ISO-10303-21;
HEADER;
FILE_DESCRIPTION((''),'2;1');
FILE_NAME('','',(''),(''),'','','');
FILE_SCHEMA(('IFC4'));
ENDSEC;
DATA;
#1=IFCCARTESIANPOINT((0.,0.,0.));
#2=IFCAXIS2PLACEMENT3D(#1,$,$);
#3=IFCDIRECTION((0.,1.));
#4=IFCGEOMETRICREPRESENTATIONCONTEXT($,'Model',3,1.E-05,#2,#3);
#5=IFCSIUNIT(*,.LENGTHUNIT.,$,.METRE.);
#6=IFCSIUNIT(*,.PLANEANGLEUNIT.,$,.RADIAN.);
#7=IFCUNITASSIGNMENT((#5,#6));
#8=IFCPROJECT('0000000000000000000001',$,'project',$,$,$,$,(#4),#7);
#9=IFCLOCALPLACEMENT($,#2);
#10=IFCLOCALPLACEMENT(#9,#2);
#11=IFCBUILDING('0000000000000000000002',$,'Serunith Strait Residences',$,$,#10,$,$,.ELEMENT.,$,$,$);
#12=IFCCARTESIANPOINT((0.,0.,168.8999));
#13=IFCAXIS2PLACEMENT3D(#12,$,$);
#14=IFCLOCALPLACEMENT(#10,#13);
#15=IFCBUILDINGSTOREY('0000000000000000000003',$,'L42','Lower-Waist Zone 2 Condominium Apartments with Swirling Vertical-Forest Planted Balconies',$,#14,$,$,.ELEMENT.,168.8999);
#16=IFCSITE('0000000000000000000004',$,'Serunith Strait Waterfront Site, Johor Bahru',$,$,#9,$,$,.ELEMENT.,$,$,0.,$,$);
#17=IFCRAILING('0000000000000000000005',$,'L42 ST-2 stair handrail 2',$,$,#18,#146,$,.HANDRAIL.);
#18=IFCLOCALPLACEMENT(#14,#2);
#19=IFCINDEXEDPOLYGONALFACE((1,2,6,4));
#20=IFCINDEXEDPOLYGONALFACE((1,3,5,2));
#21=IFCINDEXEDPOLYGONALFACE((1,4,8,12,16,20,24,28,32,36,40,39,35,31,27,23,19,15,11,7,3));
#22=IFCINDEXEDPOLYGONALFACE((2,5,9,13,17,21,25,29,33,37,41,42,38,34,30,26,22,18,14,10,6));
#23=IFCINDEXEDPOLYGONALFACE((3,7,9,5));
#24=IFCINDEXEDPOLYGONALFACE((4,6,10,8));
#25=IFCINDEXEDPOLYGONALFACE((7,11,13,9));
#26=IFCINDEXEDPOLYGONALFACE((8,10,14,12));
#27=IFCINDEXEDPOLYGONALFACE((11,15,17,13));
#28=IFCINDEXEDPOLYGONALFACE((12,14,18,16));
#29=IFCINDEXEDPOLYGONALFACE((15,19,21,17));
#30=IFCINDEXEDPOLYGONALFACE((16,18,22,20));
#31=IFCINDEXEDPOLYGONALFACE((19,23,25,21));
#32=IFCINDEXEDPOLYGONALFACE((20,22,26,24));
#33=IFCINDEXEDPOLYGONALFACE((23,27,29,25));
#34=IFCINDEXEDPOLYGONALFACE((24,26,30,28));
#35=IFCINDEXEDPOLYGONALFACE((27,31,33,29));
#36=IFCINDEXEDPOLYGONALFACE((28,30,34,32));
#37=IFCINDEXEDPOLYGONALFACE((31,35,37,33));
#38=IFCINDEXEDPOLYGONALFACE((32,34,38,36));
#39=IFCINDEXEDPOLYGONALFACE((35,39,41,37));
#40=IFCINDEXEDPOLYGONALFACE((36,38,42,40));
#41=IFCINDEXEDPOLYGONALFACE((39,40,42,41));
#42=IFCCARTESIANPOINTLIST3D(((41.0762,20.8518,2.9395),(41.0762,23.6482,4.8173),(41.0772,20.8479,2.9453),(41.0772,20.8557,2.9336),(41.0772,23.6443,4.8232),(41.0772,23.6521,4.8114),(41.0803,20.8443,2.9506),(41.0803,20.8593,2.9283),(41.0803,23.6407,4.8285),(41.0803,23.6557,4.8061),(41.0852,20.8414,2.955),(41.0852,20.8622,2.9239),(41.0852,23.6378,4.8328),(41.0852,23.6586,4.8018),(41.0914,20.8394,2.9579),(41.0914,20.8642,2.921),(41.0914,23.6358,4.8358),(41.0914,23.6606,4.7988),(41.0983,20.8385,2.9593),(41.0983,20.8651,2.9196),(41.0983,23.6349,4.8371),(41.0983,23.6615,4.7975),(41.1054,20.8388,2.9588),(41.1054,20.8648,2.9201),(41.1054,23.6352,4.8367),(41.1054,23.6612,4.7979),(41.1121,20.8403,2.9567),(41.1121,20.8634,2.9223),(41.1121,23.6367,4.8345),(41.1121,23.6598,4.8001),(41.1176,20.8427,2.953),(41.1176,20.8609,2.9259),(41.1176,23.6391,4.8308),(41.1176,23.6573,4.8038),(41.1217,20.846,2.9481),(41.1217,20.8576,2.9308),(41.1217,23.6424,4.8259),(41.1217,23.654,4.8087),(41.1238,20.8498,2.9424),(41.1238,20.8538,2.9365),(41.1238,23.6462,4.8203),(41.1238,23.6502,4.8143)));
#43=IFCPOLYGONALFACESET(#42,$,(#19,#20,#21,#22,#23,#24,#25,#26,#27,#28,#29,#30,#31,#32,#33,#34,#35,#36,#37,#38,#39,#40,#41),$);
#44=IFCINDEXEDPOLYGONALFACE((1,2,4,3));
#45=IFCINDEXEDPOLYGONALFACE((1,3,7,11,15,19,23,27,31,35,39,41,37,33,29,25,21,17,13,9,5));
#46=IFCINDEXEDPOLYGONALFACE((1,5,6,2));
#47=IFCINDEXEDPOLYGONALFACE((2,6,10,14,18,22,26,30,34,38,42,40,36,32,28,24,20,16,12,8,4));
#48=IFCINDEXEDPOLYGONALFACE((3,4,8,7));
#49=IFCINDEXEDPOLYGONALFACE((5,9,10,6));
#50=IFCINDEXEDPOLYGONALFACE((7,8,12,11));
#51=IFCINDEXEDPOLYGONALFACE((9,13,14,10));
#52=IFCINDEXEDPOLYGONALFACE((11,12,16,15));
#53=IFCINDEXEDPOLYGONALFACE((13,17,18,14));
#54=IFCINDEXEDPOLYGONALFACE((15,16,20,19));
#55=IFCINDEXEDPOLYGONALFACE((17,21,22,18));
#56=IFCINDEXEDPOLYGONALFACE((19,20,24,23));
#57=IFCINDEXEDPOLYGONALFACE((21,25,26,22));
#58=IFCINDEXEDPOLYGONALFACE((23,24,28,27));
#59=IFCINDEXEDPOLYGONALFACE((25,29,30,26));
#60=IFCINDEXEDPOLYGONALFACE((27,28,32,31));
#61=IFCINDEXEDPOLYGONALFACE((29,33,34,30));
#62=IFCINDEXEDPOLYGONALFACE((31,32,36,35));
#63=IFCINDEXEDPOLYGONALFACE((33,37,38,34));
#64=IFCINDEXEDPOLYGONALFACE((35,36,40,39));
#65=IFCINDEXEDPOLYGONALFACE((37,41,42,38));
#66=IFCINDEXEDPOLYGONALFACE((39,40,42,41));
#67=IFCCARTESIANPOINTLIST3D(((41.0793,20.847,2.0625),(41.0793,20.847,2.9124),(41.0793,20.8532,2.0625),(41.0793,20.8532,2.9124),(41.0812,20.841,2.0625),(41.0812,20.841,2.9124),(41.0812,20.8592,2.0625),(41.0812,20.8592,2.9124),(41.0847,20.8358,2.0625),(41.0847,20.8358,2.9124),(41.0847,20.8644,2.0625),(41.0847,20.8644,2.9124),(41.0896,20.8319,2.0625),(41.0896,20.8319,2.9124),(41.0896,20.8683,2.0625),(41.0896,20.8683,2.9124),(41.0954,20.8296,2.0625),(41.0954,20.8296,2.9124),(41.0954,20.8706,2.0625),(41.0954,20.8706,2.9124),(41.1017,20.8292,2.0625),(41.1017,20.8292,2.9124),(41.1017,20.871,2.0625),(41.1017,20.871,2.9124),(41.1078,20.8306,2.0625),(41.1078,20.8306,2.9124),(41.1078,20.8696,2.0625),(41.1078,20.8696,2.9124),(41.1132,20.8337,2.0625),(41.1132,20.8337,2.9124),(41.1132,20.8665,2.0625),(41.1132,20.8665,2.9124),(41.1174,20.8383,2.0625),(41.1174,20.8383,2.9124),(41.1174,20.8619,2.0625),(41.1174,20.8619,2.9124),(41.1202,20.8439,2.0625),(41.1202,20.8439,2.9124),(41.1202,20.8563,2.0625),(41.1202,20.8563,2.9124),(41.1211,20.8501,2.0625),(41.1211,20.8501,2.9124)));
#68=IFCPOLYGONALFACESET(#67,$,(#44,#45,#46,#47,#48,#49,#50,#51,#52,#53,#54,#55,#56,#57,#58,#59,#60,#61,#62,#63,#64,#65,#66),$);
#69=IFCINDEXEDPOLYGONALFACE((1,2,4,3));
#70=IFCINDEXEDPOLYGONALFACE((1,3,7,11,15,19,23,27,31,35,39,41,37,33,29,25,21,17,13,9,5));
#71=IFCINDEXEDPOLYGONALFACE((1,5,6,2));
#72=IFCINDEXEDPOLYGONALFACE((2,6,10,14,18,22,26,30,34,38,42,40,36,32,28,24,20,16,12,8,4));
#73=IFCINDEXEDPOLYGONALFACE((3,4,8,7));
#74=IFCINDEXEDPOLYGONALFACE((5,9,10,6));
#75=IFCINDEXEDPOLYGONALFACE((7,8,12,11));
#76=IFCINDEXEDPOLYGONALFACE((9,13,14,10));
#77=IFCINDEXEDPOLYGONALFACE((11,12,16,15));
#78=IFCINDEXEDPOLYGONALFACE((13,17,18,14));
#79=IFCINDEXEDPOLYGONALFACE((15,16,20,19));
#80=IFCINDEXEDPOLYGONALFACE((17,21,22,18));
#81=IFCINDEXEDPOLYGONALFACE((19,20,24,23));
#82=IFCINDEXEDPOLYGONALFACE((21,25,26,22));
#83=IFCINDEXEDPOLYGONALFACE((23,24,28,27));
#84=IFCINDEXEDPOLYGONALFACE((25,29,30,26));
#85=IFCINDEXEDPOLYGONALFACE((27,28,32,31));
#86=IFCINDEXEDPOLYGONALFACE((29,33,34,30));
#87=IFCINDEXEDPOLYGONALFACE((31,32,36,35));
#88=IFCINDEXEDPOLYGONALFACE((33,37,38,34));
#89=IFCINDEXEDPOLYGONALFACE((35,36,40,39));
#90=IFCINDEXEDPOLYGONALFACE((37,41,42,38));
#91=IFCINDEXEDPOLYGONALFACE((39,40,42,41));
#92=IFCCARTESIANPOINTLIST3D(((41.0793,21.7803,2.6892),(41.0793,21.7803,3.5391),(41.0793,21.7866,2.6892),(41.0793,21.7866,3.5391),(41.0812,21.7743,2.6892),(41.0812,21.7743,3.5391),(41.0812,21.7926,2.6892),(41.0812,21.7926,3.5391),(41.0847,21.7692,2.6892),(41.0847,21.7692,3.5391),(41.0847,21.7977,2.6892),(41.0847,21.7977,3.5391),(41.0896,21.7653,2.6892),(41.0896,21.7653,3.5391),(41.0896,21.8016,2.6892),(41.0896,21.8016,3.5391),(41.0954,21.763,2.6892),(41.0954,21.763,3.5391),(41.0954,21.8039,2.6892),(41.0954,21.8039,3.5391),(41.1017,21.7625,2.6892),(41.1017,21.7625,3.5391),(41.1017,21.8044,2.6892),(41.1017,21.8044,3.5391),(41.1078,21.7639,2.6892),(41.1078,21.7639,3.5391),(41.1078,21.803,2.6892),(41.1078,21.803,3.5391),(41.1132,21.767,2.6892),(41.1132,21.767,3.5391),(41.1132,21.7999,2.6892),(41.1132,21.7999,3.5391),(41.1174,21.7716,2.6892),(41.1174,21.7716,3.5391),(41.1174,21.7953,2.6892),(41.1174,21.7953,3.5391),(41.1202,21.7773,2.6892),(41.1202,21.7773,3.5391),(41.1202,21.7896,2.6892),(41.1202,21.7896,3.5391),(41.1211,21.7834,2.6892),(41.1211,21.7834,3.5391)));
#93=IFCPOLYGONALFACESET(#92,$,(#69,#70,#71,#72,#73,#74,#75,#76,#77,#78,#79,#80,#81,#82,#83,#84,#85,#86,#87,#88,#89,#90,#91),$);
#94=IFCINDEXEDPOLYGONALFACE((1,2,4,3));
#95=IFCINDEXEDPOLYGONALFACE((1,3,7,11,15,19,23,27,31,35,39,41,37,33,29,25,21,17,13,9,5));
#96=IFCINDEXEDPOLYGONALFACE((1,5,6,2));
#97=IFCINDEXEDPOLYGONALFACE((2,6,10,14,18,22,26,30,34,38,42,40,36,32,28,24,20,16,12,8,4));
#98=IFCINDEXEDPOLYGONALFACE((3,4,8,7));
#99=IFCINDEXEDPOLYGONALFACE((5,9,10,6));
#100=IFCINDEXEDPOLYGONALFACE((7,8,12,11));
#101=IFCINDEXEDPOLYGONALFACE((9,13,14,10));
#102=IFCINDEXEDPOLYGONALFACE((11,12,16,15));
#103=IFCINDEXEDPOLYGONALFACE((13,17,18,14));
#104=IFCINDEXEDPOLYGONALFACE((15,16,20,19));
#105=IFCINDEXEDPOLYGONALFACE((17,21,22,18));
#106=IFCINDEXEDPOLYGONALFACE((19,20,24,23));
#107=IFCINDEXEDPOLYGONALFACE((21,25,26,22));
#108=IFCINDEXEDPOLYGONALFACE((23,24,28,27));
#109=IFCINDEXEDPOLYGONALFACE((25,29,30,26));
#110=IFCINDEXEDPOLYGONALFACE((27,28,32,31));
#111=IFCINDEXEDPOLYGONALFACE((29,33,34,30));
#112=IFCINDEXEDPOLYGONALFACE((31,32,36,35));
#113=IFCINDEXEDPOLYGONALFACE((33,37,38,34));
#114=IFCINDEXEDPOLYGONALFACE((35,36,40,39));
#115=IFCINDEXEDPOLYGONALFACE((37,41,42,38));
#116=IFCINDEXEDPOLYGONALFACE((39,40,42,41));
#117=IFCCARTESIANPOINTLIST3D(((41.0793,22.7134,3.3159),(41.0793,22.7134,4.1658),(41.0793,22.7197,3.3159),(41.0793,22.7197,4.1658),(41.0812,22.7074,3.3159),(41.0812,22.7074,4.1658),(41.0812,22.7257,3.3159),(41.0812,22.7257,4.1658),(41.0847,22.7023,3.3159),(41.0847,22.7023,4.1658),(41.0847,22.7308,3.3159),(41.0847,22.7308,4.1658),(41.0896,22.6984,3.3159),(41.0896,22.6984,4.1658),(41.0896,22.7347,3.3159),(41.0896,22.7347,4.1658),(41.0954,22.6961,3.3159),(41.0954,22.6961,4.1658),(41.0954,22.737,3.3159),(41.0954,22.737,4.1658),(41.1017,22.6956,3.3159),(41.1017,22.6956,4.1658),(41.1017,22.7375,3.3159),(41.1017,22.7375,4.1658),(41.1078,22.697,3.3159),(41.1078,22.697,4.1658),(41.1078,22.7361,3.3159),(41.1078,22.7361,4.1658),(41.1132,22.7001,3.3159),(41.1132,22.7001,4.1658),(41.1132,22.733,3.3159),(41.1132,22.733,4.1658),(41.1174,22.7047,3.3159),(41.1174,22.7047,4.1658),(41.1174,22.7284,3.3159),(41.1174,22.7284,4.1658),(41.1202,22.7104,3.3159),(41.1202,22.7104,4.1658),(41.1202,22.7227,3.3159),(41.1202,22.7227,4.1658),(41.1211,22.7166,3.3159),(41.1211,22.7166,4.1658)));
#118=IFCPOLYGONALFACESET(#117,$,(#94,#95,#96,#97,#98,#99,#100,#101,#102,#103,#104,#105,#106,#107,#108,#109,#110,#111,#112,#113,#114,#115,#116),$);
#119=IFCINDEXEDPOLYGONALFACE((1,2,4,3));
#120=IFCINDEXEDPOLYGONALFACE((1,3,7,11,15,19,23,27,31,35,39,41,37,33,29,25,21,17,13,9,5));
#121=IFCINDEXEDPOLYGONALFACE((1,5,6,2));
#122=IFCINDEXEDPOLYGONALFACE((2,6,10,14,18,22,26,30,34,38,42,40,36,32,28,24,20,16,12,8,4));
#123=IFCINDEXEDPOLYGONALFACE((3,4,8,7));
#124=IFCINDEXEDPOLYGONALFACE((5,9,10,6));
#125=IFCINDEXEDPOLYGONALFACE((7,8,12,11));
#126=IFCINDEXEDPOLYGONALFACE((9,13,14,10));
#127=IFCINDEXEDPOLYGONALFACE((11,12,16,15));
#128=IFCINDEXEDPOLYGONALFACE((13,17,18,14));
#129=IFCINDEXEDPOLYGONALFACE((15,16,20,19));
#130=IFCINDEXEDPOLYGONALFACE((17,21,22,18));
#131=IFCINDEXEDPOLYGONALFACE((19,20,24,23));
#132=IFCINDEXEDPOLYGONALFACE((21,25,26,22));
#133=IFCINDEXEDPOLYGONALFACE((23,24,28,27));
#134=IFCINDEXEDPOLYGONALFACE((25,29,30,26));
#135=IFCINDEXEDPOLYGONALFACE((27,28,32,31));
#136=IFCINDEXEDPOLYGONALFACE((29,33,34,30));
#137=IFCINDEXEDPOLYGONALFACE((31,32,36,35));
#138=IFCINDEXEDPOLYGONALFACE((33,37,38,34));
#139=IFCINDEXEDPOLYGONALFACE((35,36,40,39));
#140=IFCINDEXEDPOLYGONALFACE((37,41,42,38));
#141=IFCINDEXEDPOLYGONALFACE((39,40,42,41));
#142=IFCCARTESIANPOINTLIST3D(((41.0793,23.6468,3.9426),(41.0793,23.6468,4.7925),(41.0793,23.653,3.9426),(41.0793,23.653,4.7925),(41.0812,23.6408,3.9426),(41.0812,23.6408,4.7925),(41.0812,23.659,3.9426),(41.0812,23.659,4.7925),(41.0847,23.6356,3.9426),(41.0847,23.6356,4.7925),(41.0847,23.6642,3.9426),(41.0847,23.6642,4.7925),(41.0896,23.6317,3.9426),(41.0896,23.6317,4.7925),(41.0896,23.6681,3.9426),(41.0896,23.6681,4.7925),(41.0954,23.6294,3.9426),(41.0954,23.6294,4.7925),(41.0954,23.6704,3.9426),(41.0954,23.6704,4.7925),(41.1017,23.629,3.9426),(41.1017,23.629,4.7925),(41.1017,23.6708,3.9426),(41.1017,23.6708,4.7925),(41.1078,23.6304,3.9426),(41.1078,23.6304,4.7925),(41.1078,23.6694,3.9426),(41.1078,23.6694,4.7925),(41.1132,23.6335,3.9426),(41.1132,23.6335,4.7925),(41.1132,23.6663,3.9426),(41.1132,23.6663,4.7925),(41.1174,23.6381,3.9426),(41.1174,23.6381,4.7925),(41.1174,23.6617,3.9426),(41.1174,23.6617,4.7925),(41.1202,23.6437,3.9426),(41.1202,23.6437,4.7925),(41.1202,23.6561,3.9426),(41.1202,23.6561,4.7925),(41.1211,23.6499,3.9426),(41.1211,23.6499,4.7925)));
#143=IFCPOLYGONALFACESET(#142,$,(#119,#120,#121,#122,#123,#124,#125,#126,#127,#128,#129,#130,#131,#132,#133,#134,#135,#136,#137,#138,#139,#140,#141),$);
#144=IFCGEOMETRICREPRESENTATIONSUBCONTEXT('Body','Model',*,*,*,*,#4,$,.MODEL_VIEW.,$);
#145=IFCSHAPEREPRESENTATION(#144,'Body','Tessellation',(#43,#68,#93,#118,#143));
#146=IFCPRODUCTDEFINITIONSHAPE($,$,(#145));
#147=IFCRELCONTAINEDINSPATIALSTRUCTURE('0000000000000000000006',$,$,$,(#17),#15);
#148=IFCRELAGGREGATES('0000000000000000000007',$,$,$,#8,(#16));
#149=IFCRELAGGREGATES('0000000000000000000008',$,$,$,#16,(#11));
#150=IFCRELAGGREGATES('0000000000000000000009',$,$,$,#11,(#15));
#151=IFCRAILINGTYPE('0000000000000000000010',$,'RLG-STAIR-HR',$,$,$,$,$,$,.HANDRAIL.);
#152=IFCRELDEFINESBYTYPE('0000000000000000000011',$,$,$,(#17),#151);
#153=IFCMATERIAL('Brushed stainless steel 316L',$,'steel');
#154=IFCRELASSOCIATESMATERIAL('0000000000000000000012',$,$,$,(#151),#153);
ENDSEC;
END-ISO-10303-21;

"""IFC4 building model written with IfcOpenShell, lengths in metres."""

from ifc_helpers import new_model, si_unit, direction, frame, origin, origin_2d, place, context, subcontext, project, spatial, circle, extrude, material, type_object, element, save


model = new_model("IFC4")

# Units and contexts
model_context = context("Model", 3, precision=1e-05, world=origin(), true_north=direction((0.0, 1.0)))
body_context = subcontext(model_context, "Body", "Model", "MODEL_VIEW")
ifc_project = project(units=[si_unit("LENGTHUNIT", "METRE"), si_unit("PLANEANGLEUNIT", "RADIAN")], contexts=[model_context])

# Site, building, storey
site_placement = place(None, origin())
site = spatial("IfcSite", under=ifc_project, at=site_placement, Name="Serunith Strait Waterfront Site, Johor Bahru", CompositionType="ELEMENT", RefElevation=0.0)
building_placement = place(site_placement, origin())
building = spatial("IfcBuilding", under=site, at=building_placement, Name="Serunith Strait Residences", CompositionType="ELEMENT")
storey_placement = place(building_placement, frame((0.0, 0.0, 168.8999)))
storey = spatial("IfcBuildingStorey", under=building, at=storey_placement, Name="L42", Description="Lower-Waist Zone 2 Condominium Apartments with Swirling Vertical-Forest Planted Balconies", CompositionType="ELEMENT", Elevation=168.8999)

# Railing
ifc_material_1 = material(Name="Brushed stainless steel 316L", Category="steel")
railing_type_1 = type_object("IfcRailingType", Name="RLG-STAIR-HR", PredefinedType="HANDRAIL", material=ifc_material_1)
railing_1_placement = place(storey_placement, frame((41.1001, 20.8501, 2.0625)))
element("IfcRailing", 1, at=railing_1_placement, inside=storey, type_object=railing_type_1, Name="L42 ST-2 stair handrail 2", PredefinedType="HANDRAIL", context=body_context, shape_type="SweptSolid", body=[
    extrude(circle(Radius=0.0239, at=origin_2d()), frame((0.0, 0.0017, 0.877), z_axis=(0.0, 0.830186, 0.557487), x_axis=(-1.0, 0.0, 0.0)), (0.0, 0.0, 1.0), 3.3684),
    extrude(circle(Radius=0.021, at=origin_2d()), origin(), (0.0, 0.0, 1.0), 0.8499),
    extrude(circle(Radius=0.021, at=origin_2d()), frame((0.0, 0.9333, 0.6267)), (0.0, 0.0, 1.0), 0.8499),
    extrude(circle(Radius=0.021, at=origin_2d()), frame((0.0, 1.8665, 1.2534)), (0.0, 0.0, 1.0), 0.8499),
    extrude(circle(Radius=0.021, at=origin_2d()), frame((0.0, 2.7998, 1.8801)), (0.0, 0.0, 1.0), 0.8499),
])

save(model, "model.ifc")
